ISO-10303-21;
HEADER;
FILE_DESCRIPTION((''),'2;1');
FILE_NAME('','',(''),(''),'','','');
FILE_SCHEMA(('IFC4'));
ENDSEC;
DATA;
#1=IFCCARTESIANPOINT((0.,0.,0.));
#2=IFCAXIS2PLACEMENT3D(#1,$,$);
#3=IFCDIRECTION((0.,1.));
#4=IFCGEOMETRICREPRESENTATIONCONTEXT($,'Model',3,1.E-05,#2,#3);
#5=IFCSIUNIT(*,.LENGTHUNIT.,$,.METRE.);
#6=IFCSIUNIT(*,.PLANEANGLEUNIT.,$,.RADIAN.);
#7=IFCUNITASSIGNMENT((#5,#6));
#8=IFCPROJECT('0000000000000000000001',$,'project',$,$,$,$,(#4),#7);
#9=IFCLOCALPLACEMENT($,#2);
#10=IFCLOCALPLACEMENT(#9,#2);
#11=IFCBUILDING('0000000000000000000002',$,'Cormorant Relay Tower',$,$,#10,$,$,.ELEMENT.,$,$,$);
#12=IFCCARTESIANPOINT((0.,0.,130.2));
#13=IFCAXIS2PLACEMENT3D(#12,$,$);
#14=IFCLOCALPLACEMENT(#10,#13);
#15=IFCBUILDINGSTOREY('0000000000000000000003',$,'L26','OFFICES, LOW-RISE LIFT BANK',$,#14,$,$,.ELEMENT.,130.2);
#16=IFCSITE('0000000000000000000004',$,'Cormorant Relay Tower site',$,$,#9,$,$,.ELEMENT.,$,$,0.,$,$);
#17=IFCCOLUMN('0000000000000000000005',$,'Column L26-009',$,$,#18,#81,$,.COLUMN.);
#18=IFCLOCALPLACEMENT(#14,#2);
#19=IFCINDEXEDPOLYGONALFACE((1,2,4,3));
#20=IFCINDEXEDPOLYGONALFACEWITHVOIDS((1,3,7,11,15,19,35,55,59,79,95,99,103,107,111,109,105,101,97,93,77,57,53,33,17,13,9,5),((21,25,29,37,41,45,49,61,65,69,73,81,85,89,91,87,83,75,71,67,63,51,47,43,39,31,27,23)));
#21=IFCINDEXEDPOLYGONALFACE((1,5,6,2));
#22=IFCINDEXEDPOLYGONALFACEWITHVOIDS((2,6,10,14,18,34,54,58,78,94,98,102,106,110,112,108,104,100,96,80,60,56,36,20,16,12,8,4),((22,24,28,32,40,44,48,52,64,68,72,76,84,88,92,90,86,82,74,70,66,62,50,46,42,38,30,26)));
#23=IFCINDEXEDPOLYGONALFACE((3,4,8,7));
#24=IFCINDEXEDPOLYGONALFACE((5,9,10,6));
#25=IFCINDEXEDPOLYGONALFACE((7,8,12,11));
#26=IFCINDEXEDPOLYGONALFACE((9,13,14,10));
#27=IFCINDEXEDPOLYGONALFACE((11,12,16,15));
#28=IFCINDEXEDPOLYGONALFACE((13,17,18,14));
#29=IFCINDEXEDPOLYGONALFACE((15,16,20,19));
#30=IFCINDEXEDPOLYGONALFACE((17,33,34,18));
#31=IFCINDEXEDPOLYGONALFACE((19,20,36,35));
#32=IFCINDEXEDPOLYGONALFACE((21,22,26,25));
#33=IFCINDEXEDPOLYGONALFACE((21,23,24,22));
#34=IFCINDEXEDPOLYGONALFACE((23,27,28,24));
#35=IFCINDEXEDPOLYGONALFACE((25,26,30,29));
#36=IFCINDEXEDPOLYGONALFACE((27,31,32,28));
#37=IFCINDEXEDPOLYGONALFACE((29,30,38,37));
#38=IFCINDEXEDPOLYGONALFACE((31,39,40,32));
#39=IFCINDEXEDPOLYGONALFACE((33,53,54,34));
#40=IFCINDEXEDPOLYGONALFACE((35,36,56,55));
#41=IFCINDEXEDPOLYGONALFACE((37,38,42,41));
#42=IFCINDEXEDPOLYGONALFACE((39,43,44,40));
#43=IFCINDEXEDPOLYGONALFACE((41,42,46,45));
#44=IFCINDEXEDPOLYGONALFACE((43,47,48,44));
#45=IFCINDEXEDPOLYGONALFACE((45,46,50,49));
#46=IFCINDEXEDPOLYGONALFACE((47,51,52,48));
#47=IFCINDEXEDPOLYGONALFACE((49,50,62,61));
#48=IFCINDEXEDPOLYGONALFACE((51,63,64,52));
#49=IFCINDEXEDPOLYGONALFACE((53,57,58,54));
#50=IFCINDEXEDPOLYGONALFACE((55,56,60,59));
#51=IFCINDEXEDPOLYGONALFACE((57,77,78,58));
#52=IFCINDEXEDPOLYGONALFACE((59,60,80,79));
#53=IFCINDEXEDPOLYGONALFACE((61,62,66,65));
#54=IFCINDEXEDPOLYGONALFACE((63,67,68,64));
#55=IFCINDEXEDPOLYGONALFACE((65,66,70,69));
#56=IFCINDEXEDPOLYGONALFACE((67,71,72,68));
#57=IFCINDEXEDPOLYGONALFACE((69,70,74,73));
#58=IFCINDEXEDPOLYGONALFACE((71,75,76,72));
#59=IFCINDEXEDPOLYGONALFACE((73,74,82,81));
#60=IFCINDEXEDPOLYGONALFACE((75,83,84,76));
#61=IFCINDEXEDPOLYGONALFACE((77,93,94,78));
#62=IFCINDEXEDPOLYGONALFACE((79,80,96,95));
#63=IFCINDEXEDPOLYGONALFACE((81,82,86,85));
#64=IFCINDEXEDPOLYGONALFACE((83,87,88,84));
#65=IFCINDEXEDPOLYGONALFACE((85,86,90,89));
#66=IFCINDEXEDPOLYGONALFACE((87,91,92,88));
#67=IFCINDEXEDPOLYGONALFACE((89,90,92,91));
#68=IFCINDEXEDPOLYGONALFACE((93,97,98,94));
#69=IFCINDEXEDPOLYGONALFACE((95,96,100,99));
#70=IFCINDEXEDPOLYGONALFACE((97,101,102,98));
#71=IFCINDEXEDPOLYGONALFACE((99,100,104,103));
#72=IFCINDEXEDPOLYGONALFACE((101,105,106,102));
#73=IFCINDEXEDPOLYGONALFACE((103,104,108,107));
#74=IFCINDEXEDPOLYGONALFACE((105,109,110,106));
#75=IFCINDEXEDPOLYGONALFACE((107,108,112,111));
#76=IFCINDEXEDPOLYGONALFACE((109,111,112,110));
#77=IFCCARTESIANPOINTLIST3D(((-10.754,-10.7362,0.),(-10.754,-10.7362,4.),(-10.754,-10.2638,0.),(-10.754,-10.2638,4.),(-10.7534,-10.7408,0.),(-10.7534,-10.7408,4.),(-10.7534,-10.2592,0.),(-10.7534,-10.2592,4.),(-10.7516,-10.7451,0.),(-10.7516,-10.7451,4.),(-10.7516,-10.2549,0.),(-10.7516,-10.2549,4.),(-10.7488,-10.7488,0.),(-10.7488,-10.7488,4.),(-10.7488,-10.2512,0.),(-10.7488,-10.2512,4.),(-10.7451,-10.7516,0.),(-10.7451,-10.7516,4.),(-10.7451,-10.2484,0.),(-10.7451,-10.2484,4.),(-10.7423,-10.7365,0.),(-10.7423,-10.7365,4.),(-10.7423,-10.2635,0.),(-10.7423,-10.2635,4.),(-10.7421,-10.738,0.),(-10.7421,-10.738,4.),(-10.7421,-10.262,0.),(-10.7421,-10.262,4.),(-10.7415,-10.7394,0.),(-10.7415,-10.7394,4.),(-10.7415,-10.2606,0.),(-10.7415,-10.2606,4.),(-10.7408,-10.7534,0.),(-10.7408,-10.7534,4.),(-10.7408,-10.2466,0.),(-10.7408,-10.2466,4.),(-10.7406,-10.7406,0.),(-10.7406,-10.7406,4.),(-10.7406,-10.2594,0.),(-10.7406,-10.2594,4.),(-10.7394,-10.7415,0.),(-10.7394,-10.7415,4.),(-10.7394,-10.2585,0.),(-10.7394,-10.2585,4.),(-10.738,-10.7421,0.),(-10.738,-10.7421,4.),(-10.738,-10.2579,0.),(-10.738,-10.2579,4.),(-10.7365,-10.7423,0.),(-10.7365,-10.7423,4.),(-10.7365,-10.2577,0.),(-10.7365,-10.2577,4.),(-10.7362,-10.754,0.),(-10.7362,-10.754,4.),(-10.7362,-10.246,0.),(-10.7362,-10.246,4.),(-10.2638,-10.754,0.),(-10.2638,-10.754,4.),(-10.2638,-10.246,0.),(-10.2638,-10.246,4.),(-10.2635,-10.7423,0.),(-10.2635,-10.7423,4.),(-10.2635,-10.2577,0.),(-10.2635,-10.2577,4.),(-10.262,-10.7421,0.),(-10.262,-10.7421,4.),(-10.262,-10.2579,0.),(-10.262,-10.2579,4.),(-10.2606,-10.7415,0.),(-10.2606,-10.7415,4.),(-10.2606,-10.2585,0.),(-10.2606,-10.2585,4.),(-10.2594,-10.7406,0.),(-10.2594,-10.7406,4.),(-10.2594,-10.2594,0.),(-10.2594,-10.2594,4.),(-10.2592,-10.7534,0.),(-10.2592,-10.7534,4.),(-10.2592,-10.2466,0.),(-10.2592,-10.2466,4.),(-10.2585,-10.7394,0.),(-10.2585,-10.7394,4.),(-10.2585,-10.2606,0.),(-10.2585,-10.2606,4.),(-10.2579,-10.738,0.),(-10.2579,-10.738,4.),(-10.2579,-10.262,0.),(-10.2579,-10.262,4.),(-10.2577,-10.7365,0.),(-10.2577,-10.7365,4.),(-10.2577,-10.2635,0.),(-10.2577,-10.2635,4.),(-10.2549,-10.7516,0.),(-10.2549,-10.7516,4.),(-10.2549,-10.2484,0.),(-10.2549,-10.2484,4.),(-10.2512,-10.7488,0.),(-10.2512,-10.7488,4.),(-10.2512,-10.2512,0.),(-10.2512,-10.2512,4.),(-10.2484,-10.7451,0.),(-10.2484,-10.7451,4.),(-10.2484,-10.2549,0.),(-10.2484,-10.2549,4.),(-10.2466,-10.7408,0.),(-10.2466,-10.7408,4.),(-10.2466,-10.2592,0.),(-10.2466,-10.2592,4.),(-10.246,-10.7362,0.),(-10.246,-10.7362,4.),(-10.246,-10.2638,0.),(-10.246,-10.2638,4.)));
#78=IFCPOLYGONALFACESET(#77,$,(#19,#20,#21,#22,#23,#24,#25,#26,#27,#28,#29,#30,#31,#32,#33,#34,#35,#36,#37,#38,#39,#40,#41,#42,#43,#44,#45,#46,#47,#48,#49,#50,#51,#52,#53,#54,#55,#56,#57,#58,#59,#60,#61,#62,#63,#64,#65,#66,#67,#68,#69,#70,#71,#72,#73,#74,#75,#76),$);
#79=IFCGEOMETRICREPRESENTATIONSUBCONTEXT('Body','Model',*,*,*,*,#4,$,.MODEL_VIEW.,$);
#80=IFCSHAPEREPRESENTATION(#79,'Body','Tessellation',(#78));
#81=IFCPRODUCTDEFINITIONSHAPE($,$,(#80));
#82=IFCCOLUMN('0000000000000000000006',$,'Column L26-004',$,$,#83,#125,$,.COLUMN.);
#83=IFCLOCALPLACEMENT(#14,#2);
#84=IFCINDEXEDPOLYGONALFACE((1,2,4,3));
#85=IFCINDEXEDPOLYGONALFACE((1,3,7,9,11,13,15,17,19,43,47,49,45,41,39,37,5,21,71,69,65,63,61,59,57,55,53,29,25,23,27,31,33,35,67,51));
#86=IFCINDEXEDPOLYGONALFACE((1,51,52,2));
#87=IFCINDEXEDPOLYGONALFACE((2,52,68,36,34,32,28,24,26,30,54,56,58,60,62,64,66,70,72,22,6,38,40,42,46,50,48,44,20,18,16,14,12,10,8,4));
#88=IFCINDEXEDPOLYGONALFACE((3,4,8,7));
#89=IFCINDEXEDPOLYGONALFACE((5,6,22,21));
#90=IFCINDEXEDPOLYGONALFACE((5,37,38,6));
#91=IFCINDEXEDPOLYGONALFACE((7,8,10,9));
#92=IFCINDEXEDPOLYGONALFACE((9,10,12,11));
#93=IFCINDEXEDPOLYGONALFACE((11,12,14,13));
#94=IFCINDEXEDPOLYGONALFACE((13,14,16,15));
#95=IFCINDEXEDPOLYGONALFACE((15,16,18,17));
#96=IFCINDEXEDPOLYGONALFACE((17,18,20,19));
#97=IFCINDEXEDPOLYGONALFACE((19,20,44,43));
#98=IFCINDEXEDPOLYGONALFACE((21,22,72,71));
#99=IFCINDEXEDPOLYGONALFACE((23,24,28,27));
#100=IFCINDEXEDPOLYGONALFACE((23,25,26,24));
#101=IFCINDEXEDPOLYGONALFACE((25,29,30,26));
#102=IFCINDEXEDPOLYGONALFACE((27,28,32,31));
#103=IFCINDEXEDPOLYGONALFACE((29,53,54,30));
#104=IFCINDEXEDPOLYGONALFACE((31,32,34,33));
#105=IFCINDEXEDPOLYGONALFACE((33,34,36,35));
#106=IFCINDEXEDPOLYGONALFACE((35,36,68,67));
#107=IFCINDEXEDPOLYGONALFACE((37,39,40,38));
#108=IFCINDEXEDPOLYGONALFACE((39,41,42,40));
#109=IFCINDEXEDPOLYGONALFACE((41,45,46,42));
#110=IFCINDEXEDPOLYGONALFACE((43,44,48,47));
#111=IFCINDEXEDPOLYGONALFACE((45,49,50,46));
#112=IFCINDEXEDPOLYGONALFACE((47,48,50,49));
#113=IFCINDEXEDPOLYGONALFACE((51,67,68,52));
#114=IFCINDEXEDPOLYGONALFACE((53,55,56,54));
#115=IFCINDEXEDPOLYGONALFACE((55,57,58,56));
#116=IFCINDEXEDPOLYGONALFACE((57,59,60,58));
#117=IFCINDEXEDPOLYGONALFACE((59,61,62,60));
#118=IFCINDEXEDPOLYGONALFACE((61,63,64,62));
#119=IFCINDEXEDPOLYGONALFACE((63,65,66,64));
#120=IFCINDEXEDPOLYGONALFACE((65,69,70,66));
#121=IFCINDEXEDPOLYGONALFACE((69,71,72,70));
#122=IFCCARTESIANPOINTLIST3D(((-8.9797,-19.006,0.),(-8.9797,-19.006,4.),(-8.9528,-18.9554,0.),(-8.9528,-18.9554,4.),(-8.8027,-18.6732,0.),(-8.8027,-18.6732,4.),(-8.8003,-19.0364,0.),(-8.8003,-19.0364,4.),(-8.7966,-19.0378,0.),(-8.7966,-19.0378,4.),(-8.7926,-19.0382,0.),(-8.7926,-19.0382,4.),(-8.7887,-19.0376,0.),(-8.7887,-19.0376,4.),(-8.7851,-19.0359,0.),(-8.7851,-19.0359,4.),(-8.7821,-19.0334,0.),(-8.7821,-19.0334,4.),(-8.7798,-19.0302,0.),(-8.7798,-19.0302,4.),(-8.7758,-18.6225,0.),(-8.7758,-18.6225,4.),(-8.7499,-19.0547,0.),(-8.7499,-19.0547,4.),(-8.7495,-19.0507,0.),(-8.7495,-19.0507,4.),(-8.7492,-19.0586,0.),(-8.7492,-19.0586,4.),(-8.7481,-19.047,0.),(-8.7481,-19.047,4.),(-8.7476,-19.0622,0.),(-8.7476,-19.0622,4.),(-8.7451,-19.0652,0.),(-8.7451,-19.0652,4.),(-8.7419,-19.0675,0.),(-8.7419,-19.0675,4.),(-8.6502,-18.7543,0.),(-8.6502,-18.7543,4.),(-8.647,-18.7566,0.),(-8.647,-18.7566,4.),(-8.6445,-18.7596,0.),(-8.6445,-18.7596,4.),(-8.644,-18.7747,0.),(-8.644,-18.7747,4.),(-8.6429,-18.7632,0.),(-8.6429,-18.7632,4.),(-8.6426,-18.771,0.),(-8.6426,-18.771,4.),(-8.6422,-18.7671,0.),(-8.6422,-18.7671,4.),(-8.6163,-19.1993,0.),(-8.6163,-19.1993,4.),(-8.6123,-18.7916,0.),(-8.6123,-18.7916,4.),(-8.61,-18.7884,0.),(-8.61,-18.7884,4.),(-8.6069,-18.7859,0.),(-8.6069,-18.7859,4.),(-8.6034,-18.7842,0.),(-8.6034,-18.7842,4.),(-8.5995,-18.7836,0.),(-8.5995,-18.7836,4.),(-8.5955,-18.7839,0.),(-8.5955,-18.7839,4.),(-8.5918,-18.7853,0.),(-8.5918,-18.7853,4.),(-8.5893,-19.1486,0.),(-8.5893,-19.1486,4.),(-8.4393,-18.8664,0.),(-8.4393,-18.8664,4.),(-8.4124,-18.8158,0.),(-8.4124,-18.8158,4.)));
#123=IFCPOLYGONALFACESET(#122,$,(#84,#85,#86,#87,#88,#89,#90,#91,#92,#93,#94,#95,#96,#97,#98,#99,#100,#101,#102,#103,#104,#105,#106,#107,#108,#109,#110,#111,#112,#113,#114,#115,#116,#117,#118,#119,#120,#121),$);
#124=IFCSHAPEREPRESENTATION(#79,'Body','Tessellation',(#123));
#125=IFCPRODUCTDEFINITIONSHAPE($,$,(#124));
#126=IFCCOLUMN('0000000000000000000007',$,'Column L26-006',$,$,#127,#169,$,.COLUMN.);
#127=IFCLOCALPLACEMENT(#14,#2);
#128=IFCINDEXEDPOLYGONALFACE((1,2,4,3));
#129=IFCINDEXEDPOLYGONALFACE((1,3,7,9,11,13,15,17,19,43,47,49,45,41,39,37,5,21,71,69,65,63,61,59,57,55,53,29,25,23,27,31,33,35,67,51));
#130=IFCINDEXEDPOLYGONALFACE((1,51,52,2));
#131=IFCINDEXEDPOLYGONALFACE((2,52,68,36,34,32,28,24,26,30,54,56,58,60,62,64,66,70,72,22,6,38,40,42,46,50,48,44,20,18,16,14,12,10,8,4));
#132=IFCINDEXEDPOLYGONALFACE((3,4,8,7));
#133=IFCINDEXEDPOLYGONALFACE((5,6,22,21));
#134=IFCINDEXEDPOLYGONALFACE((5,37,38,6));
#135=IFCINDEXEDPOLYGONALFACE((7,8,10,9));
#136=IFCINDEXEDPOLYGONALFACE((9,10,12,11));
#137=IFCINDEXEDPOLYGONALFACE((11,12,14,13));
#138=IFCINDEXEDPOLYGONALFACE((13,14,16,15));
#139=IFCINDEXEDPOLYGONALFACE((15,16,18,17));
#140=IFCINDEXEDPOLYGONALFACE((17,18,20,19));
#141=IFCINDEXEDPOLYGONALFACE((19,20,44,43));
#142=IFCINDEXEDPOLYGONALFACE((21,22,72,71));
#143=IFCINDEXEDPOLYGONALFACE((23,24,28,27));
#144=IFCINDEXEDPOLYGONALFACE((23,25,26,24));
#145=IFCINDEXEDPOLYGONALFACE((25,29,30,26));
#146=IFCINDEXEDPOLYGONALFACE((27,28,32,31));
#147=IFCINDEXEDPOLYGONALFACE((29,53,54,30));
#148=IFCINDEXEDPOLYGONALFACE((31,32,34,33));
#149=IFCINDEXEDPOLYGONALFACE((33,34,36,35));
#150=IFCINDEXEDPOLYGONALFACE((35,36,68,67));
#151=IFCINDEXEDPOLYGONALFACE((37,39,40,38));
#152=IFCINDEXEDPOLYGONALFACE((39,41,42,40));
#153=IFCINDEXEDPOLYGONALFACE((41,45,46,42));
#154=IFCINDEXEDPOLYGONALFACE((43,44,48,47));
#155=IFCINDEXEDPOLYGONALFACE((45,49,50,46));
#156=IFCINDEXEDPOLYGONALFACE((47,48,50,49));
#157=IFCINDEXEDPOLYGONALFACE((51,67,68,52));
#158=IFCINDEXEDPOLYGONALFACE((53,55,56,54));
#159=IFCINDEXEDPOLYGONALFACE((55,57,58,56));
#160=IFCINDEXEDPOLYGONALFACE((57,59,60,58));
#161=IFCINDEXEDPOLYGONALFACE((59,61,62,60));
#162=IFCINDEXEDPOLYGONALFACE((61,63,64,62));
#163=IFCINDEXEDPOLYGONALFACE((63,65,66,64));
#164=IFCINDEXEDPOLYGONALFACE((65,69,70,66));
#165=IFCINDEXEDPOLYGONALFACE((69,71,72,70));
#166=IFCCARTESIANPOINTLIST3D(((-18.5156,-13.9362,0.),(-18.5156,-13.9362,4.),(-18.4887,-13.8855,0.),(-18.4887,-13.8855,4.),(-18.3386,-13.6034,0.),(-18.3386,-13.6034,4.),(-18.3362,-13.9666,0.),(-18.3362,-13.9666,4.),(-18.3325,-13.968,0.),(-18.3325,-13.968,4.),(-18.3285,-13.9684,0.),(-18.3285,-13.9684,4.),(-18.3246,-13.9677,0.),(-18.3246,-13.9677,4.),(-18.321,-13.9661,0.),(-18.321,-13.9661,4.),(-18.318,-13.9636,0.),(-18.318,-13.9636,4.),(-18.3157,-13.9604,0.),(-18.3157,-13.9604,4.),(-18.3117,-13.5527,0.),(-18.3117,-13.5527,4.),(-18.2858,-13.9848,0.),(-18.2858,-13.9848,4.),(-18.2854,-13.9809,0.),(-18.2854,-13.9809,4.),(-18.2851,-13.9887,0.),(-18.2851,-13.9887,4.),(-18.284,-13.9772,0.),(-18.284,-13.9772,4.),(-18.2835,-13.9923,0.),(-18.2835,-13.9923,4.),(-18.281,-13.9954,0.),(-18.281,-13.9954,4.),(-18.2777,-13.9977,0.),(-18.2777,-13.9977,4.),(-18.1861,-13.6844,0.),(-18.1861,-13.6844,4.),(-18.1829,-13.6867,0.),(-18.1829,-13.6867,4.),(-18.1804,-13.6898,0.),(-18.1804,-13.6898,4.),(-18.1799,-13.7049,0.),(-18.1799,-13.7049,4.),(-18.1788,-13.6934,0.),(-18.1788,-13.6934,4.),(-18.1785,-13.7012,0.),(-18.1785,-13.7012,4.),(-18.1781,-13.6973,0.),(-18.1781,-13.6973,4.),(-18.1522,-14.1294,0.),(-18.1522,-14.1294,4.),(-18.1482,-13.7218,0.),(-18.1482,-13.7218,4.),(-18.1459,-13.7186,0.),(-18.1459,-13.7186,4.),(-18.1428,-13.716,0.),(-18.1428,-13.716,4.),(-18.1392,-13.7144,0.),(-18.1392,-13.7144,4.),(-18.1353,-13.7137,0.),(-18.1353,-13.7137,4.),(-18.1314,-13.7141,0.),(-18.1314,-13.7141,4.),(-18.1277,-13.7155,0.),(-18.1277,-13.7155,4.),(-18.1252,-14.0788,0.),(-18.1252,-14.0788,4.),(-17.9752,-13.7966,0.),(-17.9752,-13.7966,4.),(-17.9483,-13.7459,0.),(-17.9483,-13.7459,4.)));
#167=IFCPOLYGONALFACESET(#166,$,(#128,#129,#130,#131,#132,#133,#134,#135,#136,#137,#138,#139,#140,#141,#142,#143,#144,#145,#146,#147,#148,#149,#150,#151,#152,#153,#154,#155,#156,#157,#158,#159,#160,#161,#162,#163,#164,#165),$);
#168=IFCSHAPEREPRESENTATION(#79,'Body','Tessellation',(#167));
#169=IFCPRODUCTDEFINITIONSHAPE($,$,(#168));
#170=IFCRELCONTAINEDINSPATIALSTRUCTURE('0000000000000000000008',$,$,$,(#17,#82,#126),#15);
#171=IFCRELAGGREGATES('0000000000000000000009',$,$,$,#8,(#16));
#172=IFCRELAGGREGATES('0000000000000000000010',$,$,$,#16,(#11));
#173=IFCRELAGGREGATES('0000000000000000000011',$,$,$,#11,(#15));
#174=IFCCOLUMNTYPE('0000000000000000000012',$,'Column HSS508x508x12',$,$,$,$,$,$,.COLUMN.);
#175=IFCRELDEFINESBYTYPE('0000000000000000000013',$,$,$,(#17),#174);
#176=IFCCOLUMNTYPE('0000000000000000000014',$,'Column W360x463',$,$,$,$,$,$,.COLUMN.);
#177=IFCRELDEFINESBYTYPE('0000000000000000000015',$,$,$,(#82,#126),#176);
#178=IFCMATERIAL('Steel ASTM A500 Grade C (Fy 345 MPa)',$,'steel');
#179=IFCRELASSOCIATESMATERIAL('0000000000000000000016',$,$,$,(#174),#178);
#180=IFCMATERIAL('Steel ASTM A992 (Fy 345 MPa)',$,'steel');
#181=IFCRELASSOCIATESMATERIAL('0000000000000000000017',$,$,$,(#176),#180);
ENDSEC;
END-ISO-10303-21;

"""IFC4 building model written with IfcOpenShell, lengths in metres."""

from ifc_helpers import new_model, si_unit, direction, frame, origin, origin_2d, place, context, subcontext, project, spatial, hollow_rectangle, i_section, extrude, material, material_profile, profile_set, type_object, element, save


model = new_model("IFC4")

# Units and contexts
model_context = context("Model", 3, precision=1e-05, world=origin(), true_north=direction((0.0, 1.0)))
body_context = subcontext(model_context, "Body", "Model", "MODEL_VIEW")
ifc_project = project(units=[si_unit("LENGTHUNIT", "METRE"), si_unit("PLANEANGLEUNIT", "RADIAN")], contexts=[model_context])

# Site, building, storey
site_placement = place(None, origin())
site = spatial("IfcSite", under=ifc_project, at=site_placement, Name="Cormorant Relay Tower site", CompositionType="ELEMENT", RefElevation=0.0)
building_placement = place(site_placement, origin())
building = spatial("IfcBuilding", under=site, at=building_placement, Name="Cormorant Relay Tower", CompositionType="ELEMENT")
storey_placement = place(building_placement, frame((0.0, 0.0, 130.2)))
storey = spatial("IfcBuildingStorey", under=building, at=storey_placement, Name="L26", Description="OFFICES, LOW-RISE LIFT BANK", CompositionType="ELEMENT", Elevation=130.2)

# Columns
ifc_material_1 = material(Name="Steel ASTM A500 Grade C (Fy 345 MPa)", Category="steel")
ifc_material_profile_1 = material_profile(ifc_material_1, hollow_rectangle(XDim=0.5081, YDim=0.5081, WallThickness=0.0117, InnerFilletRadius=0.0059, OuterFilletRadius=0.0178, at=origin_2d()), Name="HSS508x508x12")
ifc_profile_set_1 = profile_set([ifc_material_profile_1], Name="Steel ASTM A500 Grade C (Fy 345 MPa)")
column_type_1 = type_object("IfcColumnType", Name="Column HSS508x508x12", PredefinedType="COLUMN", material=ifc_profile_set_1)
column_1_placement = place(storey_placement, frame((-10.5, -10.5, 0.0), z_axis=(0.0, 0.0, 1.0), x_axis=(1.0, 0.0, 0.0)))
element("IfcColumn", 1, at=column_1_placement, inside=storey, type_object=column_type_1, Name="Column L26-009", PredefinedType="COLUMN", context=body_context, shape_type="SweptSolid", body=[
    extrude(hollow_rectangle(XDim=0.5081, YDim=0.5081, WallThickness=0.0117, InnerFilletRadius=0.0059, OuterFilletRadius=0.0178, at=origin_2d()), origin(), (0.0, 0.0, 1.0), 4.0),
])
ifc_material_2 = material(Name="Steel ASTM A992 (Fy 345 MPa)", Category="steel")
ifc_material_profile_2 = material_profile(ifc_material_2, i_section(OverallWidth=0.4116, OverallDepth=0.4343, WebThickness=0.0359, FlangeThickness=0.0574, FilletRadius=0.0151, at=origin_2d()), Name="W360x463")
ifc_profile_set_2 = profile_set([ifc_material_profile_2], Name="Steel ASTM A992 (Fy 345 MPa)")
column_type_2 = type_object("IfcColumnType", Name="Column W360x463", PredefinedType="COLUMN", material=ifc_profile_set_2)
for number, where, z_axis, x_axis, name in (
    (2, (-8.696, -18.9109, 0.0), (0.0, 0.0, 1.0), (0.882948, -0.469472, 0.0), "Column L26-004"),
    (3, (-18.2319, -13.8411, 0.0), (0.0, 0.0, 1.0), (0.882948, -0.469472, 0.0), "Column L26-006"),
):
    element("IfcColumn", number, at=place(storey_placement, frame(where, z_axis=z_axis, x_axis=x_axis)), inside=storey, type_object=column_type_2, Name=name, PredefinedType="COLUMN", context=body_context, shape_type="SweptSolid", body=[
        extrude(i_section(OverallWidth=0.4116, OverallDepth=0.4343, WebThickness=0.0359, FlangeThickness=0.0574, FilletRadius=0.0151, at=origin_2d()), origin(), (0.0, 0.0, 1.0), 4.0),
    ])

save(model, "model.ifc")
